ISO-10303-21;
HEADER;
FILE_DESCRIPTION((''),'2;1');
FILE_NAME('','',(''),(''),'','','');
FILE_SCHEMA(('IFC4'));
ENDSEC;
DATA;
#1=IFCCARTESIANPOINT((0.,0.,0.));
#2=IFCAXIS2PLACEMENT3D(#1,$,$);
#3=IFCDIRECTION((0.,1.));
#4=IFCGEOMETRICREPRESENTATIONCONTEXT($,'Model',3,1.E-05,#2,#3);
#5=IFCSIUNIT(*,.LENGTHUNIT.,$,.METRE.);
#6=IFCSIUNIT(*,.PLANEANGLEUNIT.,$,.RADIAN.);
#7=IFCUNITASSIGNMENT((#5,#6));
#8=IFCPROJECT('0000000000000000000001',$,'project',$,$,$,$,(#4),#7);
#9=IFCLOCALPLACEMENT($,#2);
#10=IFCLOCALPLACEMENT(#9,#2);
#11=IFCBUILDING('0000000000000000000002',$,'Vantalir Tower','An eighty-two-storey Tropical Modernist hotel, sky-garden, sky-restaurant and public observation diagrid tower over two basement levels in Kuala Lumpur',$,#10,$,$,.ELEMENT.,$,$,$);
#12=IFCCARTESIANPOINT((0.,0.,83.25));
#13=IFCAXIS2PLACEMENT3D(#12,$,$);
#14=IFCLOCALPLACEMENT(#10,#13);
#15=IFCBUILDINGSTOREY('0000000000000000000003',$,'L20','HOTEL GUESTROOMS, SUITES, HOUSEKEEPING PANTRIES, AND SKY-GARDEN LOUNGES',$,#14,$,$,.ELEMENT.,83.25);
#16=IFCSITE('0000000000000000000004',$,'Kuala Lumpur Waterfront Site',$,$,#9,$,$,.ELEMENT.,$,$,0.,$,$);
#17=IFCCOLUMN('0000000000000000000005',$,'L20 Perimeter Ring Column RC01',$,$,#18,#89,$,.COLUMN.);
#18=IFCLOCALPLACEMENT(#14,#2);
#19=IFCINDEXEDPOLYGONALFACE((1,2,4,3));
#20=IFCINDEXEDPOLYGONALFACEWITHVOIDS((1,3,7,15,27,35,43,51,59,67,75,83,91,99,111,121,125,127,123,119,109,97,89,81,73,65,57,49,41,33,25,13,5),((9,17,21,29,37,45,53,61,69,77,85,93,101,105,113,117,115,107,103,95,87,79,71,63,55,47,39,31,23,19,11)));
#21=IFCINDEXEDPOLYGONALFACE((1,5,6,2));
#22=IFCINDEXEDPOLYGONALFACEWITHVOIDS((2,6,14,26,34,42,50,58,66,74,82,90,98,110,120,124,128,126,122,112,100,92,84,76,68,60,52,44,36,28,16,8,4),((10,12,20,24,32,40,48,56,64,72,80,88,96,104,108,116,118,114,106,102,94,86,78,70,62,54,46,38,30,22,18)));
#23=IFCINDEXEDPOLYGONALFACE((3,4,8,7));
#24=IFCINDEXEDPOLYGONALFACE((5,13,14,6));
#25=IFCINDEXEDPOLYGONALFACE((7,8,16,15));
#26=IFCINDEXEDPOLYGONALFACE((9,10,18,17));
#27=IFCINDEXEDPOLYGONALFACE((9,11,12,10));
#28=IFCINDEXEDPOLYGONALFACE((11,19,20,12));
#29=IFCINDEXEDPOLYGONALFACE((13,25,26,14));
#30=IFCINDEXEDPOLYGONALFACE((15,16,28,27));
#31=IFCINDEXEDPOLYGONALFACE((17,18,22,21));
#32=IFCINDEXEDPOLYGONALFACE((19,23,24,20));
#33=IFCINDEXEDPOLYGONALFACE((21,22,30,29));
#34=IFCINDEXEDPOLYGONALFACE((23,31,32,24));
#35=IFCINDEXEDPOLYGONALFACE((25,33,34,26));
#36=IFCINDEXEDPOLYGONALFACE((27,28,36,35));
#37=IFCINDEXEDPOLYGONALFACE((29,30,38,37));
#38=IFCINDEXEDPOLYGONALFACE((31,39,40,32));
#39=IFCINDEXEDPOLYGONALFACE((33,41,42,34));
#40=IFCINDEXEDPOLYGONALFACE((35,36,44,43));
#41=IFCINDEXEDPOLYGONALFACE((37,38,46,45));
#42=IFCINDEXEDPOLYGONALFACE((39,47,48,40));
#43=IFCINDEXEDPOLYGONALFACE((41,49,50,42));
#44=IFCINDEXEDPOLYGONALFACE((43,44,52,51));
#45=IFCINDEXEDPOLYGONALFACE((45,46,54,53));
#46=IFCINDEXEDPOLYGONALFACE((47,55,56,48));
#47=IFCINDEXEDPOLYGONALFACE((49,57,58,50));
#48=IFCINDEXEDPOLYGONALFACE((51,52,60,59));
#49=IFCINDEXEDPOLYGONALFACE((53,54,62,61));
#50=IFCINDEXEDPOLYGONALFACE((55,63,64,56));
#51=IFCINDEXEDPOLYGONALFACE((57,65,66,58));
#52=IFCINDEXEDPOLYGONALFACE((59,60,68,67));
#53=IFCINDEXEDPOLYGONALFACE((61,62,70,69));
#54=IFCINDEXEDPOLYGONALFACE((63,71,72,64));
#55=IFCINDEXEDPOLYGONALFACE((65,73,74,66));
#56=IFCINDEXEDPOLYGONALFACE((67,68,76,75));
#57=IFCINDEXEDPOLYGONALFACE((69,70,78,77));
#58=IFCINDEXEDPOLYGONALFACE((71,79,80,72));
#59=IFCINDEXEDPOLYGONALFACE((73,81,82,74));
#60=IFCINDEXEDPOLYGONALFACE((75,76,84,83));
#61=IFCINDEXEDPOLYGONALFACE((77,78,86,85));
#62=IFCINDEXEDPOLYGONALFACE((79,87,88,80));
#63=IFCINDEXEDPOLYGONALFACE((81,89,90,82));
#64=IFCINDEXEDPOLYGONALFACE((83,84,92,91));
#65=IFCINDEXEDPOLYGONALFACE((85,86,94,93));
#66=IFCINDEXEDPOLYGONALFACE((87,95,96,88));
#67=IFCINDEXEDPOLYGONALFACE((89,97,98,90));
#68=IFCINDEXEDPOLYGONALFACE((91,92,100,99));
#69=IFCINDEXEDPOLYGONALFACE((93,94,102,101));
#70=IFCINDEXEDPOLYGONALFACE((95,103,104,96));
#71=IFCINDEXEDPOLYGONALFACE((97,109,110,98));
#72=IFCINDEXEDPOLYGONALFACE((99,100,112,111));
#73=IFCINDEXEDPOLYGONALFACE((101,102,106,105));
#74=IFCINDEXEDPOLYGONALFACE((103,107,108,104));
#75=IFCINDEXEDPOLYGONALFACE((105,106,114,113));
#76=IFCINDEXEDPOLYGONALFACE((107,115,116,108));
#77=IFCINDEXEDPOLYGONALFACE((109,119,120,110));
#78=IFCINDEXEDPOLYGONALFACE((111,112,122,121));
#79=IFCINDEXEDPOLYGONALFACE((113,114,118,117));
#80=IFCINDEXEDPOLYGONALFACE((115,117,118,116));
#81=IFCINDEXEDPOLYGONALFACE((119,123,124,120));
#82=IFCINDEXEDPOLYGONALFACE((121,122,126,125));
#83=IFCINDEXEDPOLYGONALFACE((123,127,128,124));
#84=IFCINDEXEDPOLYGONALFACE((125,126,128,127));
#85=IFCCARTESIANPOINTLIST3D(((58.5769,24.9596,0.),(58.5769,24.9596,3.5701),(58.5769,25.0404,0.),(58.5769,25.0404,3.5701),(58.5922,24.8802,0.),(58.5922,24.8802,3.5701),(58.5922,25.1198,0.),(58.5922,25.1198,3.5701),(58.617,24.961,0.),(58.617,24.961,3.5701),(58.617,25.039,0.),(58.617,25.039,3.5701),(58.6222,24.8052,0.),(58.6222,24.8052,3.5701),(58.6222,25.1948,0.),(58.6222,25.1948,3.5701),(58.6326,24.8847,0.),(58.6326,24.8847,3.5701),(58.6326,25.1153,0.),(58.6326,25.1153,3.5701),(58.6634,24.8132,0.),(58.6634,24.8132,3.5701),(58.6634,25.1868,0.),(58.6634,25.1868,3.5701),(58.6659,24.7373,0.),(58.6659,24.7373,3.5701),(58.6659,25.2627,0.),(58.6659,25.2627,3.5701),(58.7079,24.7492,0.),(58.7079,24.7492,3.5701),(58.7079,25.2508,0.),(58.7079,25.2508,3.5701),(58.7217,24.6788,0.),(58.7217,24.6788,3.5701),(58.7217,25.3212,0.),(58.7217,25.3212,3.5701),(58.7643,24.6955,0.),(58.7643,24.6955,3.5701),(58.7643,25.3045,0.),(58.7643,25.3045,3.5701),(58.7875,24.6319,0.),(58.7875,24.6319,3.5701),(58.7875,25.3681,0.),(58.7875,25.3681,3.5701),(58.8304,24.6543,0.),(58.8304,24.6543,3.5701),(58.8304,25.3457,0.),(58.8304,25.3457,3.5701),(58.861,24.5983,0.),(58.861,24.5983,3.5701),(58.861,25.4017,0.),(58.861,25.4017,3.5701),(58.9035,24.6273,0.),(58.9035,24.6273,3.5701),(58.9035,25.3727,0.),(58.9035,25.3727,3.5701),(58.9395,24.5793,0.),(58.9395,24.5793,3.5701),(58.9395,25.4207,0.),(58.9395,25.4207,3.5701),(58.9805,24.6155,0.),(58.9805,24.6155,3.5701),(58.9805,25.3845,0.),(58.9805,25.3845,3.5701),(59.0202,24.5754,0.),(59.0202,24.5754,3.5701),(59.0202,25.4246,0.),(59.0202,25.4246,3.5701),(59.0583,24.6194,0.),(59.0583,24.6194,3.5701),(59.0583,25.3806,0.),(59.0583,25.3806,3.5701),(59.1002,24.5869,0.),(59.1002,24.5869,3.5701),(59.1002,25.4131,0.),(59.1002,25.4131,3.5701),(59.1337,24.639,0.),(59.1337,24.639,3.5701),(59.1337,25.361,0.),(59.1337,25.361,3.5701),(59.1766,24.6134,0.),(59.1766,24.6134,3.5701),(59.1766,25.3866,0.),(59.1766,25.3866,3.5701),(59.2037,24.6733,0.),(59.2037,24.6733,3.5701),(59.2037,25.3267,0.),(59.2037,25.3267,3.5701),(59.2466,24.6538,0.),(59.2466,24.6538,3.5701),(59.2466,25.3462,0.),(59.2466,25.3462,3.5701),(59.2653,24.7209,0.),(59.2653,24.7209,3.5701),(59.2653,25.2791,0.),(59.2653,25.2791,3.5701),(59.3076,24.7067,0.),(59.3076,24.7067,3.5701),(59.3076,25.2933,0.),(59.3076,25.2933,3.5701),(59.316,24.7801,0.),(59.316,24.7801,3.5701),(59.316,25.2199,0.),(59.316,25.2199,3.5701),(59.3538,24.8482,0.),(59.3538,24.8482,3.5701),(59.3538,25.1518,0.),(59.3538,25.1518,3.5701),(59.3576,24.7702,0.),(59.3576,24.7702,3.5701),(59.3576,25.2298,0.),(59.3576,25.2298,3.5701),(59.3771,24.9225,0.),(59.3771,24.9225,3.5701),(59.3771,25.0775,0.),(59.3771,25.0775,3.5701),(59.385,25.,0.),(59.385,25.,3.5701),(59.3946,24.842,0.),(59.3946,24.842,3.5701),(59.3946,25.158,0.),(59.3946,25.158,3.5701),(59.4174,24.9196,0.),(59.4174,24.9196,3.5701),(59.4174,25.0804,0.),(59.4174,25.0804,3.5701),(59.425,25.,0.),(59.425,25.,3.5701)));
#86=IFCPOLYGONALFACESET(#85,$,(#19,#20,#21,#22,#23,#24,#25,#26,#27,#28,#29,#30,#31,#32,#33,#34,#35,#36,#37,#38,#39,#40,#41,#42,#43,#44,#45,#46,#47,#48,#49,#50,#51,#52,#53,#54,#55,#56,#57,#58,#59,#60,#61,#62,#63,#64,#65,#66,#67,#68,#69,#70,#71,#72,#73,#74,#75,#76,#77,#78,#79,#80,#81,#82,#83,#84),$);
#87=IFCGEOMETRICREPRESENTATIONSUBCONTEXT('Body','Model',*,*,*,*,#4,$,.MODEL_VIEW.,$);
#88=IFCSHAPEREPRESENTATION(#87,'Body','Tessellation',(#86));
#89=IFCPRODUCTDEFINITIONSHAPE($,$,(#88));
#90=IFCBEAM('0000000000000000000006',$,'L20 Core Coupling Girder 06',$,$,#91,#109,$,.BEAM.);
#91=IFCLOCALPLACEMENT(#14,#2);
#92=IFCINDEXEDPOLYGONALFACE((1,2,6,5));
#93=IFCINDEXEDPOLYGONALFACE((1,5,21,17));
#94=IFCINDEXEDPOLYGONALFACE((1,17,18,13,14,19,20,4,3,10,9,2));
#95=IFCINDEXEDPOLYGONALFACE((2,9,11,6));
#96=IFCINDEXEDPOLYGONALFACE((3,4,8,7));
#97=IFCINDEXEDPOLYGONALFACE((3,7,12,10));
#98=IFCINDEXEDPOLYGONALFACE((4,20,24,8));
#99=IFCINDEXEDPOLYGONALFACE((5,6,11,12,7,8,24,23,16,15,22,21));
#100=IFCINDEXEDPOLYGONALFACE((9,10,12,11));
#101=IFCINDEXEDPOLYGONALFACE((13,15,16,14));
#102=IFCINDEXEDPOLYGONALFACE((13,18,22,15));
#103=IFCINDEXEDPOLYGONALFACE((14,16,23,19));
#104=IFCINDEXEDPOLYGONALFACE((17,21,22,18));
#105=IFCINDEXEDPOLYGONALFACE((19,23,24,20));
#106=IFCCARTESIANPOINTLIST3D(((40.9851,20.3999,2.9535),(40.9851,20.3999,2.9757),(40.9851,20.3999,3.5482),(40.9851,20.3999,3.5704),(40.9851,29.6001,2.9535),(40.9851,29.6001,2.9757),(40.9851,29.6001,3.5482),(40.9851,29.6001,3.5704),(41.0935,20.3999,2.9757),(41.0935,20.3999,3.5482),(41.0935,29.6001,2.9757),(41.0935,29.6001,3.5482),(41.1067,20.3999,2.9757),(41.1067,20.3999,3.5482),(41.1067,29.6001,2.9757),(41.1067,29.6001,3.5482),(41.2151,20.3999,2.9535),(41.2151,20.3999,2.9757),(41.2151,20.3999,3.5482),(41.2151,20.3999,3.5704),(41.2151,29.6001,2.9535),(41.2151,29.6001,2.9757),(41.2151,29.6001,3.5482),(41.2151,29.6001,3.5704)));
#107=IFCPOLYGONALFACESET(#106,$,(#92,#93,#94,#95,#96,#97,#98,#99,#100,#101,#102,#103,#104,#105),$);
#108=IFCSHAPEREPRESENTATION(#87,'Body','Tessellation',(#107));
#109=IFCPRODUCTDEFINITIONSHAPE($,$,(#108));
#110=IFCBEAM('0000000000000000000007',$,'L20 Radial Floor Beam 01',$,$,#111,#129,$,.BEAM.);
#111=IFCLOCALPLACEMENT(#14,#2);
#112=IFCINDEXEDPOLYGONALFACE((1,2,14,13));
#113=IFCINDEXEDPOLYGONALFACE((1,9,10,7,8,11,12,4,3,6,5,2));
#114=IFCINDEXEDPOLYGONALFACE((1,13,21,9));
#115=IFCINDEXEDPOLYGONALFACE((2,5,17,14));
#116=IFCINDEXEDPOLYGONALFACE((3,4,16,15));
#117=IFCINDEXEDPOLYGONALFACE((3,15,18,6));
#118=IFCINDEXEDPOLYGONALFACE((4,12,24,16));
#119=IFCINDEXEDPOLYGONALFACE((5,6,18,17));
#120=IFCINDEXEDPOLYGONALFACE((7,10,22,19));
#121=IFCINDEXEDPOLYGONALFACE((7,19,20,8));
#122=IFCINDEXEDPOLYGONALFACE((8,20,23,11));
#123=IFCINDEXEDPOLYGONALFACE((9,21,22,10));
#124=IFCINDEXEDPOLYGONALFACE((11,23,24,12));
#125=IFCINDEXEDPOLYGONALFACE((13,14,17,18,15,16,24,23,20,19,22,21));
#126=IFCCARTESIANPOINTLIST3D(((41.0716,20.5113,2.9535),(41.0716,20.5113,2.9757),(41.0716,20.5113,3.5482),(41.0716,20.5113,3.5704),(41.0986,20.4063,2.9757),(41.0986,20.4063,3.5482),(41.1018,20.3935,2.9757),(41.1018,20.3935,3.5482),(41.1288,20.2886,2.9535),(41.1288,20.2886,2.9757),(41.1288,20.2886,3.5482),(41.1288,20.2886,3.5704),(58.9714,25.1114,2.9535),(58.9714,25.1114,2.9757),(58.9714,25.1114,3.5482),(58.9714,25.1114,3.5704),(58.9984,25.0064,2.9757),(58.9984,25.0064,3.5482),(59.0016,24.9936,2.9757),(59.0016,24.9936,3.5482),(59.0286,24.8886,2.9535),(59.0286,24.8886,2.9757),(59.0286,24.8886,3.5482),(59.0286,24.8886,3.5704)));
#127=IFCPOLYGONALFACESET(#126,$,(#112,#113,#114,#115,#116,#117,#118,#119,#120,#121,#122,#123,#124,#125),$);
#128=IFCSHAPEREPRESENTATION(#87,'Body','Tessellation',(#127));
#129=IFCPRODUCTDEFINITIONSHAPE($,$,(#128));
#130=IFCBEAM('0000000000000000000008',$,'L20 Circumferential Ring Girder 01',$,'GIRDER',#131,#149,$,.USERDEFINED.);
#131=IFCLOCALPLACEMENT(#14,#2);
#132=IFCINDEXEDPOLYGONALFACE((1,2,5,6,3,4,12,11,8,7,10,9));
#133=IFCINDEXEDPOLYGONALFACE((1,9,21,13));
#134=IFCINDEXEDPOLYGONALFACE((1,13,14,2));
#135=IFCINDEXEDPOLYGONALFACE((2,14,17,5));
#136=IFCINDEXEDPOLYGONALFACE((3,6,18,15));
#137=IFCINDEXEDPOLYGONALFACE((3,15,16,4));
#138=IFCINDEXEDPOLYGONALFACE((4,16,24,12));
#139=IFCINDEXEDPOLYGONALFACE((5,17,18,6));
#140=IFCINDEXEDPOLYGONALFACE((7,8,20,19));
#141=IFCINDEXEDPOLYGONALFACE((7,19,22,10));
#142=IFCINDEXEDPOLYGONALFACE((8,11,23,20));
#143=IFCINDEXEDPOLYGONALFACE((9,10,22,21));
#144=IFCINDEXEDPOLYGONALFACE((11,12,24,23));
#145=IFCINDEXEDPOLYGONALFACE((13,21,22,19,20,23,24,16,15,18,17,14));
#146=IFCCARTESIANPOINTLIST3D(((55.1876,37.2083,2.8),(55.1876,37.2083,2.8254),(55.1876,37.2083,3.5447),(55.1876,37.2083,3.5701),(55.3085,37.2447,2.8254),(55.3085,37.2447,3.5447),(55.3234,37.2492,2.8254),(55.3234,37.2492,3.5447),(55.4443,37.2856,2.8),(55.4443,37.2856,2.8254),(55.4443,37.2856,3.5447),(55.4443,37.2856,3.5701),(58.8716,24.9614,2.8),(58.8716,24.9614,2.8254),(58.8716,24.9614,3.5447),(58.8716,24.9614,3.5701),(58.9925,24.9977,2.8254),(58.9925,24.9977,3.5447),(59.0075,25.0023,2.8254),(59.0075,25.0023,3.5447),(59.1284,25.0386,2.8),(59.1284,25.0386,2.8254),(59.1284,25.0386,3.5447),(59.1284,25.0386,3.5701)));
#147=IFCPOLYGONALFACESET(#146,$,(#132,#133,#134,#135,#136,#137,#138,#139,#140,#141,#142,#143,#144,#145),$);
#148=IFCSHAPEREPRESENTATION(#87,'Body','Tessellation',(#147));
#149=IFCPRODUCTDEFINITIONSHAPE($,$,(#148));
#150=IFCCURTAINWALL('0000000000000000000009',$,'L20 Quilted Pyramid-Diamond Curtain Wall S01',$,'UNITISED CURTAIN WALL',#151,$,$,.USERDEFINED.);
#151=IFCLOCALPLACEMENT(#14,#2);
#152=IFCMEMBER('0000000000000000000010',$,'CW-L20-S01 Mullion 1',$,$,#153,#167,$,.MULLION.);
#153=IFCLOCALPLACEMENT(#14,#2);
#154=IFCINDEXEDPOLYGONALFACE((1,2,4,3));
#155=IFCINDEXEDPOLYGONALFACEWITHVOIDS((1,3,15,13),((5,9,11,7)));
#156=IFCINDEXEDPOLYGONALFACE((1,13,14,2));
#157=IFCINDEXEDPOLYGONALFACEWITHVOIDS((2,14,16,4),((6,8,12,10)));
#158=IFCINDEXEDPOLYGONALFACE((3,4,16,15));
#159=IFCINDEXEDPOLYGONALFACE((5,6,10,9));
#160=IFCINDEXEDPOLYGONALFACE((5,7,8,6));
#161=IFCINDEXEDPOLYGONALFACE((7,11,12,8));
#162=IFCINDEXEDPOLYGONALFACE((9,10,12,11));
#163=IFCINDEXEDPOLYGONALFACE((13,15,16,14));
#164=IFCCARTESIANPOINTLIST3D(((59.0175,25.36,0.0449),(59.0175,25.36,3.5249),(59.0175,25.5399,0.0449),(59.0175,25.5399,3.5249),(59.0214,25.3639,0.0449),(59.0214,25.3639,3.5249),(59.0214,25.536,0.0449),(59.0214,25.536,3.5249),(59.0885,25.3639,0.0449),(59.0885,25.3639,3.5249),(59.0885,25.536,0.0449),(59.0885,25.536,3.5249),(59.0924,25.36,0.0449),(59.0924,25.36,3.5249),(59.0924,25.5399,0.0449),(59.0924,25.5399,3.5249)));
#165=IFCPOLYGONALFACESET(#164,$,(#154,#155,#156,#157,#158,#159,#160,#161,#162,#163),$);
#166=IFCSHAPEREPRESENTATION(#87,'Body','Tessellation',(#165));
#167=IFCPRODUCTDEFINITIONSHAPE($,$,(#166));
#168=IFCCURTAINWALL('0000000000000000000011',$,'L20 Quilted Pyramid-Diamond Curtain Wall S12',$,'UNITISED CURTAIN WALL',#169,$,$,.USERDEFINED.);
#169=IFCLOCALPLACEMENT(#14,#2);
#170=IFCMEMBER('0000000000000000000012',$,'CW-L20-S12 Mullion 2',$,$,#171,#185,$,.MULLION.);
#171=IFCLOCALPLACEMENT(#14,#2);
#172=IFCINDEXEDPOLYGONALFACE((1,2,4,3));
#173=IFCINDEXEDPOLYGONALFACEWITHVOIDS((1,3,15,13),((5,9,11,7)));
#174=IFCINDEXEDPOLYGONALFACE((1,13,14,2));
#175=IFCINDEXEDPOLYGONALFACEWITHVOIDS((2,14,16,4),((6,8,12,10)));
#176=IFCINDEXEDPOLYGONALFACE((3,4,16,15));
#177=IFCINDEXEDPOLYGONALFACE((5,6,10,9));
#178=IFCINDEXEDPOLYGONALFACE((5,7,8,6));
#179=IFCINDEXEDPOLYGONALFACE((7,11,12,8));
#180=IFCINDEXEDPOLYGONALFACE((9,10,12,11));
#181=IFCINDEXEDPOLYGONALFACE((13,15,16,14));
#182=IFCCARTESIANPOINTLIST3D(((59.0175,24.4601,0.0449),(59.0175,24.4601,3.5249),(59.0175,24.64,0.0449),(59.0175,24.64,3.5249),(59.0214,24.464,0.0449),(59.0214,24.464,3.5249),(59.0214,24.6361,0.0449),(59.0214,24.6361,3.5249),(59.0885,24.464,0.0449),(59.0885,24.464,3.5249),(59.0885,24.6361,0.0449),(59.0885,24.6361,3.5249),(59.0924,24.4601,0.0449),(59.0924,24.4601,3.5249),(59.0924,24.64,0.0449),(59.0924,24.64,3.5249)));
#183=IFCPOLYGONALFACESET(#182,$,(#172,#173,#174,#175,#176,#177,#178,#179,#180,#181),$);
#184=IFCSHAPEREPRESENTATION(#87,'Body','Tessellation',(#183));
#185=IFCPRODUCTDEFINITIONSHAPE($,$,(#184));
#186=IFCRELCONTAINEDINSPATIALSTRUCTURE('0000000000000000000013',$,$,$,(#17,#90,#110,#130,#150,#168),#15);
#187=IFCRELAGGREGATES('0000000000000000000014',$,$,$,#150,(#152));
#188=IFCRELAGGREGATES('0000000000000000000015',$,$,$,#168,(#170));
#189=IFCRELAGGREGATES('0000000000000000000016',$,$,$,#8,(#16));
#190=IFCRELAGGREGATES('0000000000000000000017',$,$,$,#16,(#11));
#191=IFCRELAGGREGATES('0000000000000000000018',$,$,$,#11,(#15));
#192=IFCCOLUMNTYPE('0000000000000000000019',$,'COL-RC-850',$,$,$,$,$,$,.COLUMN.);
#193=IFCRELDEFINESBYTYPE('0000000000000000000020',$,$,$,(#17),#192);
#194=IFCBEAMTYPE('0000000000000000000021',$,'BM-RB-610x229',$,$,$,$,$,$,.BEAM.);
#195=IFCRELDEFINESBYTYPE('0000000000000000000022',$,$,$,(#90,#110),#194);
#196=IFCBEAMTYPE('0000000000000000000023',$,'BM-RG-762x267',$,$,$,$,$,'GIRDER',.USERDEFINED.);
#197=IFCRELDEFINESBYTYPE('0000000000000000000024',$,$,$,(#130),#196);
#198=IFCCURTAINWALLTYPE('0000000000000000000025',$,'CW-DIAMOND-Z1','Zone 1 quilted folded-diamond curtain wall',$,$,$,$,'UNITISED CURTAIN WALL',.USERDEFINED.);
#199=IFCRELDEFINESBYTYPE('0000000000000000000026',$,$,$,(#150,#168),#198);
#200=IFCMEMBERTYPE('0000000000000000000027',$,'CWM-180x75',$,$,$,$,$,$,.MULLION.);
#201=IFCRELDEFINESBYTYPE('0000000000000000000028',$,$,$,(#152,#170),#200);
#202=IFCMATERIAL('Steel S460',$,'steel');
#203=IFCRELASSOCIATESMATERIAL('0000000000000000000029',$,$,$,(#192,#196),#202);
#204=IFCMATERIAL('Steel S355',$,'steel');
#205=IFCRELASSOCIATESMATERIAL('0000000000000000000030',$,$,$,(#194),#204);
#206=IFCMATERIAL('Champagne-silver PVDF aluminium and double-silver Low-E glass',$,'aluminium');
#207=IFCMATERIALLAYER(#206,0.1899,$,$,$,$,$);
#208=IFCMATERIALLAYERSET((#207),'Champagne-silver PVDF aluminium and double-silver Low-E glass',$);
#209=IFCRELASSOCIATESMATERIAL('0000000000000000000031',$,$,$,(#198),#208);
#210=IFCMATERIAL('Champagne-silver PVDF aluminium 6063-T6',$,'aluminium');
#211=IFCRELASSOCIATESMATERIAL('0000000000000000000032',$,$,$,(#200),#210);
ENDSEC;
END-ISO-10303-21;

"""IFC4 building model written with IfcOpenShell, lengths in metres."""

from ifc_helpers import new_model, si_unit, direction, frame, origin, origin_2d, place, context, subcontext, project, spatial, hollow_rectangle, hollow_circle, i_section, extrude, material, layer, layer_set, material_profile, profile_set, type_object, element, aggregate, save


model = new_model("IFC4")

# Units and contexts
model_context = context("Model", 3, precision=1e-05, world=origin(), true_north=direction((0.0, 1.0)))
body_context = subcontext(model_context, "Body", "Model", "MODEL_VIEW")
ifc_project = project(units=[si_unit("LENGTHUNIT", "METRE"), si_unit("PLANEANGLEUNIT", "RADIAN")], contexts=[model_context])

# Site, building, storey
site_placement = place(None, origin())
site = spatial("IfcSite", under=ifc_project, at=site_placement, Name="Kuala Lumpur Waterfront Site", CompositionType="ELEMENT", RefElevation=0.0)
building_placement = place(site_placement, origin())
building = spatial("IfcBuilding", under=site, at=building_placement, Name="Vantalir Tower", Description="An eighty-two-storey Tropical Modernist hotel, sky-garden, sky-restaurant and public observation diagrid tower over two basement levels in Kuala Lumpur", CompositionType="ELEMENT")
storey_placement = place(building_placement, frame((0.0, 0.0, 83.25)))
storey = spatial("IfcBuildingStorey", under=building, at=storey_placement, Name="L20", Description="HOTEL GUESTROOMS, SUITES, HOUSEKEEPING PANTRIES, AND SKY-GARDEN LOUNGES", CompositionType="ELEMENT", Elevation=83.25)

# Column
ifc_material_1 = material(Name="Steel S460", Category="steel")
ifc_material_profile_1 = material_profile(ifc_material_1, hollow_circle(Radius=0.425, WallThickness=0.04, at=origin_2d()), Name="Steel S460")
ifc_profile_set_1 = profile_set([ifc_material_profile_1], Name="Steel S460")
column_type = type_object("IfcColumnType", Name="COL-RC-850", PredefinedType="COLUMN", material=ifc_profile_set_1)
column_placement = place(storey_placement, frame((59.0, 25.0, 0.0), z_axis=(0.0, 0.0, 1.0), x_axis=(1.0, 0.0, 0.0)))
element("IfcColumn", 1, at=column_placement, inside=storey, type_object=column_type, Name="L20 Perimeter Ring Column RC01", PredefinedType="COLUMN", context=body_context, shape_type="SweptSolid", body=[
    extrude(hollow_circle(Radius=0.425, WallThickness=0.04, at=origin_2d()), origin(), (0.0, 0.0, 1.0), 3.5701),
])

# Beams
ifc_material_2 = material(Name="Steel S355", Category="steel")
ifc_material_profile_2 = material_profile(ifc_material_2, i_section(OverallWidth=0.23, OverallDepth=0.6169, WebThickness=0.0132, FlangeThickness=0.0222, at=origin_2d()), Name="Steel S355")
ifc_profile_set_2 = profile_set([ifc_material_profile_2], Name="Steel S355")
beam_type_1 = type_object("IfcBeamType", Name="BM-RB-610x229", PredefinedType="BEAM", material=ifc_profile_set_2)
beam_1_placement = place(storey_placement, frame((41.1001, 20.3999, 3.262), z_axis=(0.0, 1.0, 0.0), x_axis=(-1.0, 0.0, 0.0)))
element("IfcBeam", 2, at=beam_1_placement, inside=storey, type_object=beam_type_1, Name="L20 Core Coupling Girder 06", PredefinedType="BEAM", context=body_context, shape_type="SweptSolid", body=[
    extrude(i_section(OverallWidth=0.23, OverallDepth=0.6169, WebThickness=0.0132, FlangeThickness=0.0222, at=origin_2d()), origin(), (0.0, 0.0, 1.0), 9.2002),
])
beam_2_placement = place(storey_placement, frame((59.0, 25.0, 3.262), z_axis=(-0.968529, -0.248902, 0.0), x_axis=(0.248902, -0.968529, 0.0)))
element("IfcBeam", 3, at=beam_2_placement, inside=storey, type_object=beam_type_1, Name="L20 Radial Floor Beam 01", PredefinedType="BEAM", context=body_context, shape_type="SweptSolid", body=[
    extrude(i_section(OverallWidth=0.23, OverallDepth=0.6169, WebThickness=0.0132, FlangeThickness=0.0222, at=origin_2d()), origin(), (0.0, 0.0, 1.0), 18.4814),
])
ifc_material_profile_3 = material_profile(ifc_material_1, i_section(OverallWidth=0.2681, OverallDepth=0.77, WebThickness=0.0156, FlangeThickness=0.0254, at=origin_2d()), Name="Steel S460")
ifc_profile_set_3 = profile_set([ifc_material_profile_3], Name="Steel S460")
beam_type_2 = type_object("IfcBeamType", Name="BM-RG-762x267", ElementType="GIRDER", PredefinedType="USERDEFINED", material=ifc_profile_set_3)
beam_3_placement = place(storey_placement, frame((59.0, 25.0, 3.1851), z_axis=(-0.288062, 0.957612, 0.0), x_axis=(-0.957612, -0.288062, 0.0)))
element("IfcBeam", 4, at=beam_3_placement, inside=storey, type_object=beam_type_2, Name="L20 Circumferential Ring Girder 01", ObjectType="GIRDER", PredefinedType="USERDEFINED", context=body_context, shape_type="SweptSolid", body=[
    extrude(i_section(OverallWidth=0.2681, OverallDepth=0.77, WebThickness=0.0156, FlangeThickness=0.0254, at=origin_2d()), origin(), (0.0, 0.0, 1.0), 12.7891),
])

# Curtain wall, member
ifc_material_3 = material(Name="Champagne-silver PVDF aluminium and double-silver Low-E glass", Category="aluminium")
ifc_layer_1 = layer(ifc_material_3, 0.1899)
ifc_layer_set_1 = layer_set([ifc_layer_1], Name="Champagne-silver PVDF aluminium and double-silver Low-E glass")
curtain_wall_type = type_object("IfcCurtainWallType", Name="CW-DIAMOND-Z1", Description="Zone 1 quilted folded-diamond curtain wall", ElementType="UNITISED CURTAIN WALL", PredefinedType="USERDEFINED", material=ifc_layer_set_1)
curtain_wall_1_placement = place(storey_placement, origin())
curtain_wall_1 = element("IfcCurtainWall", 5, at=curtain_wall_1_placement, inside=storey, type_object=curtain_wall_type, Name="L20 Quilted Pyramid-Diamond Curtain Wall S01", ObjectType="UNITISED CURTAIN WALL", PredefinedType="USERDEFINED")
ifc_material_4 = material(Name="Champagne-silver PVDF aluminium 6063-T6", Category="aluminium")
ifc_material_profile_4 = material_profile(ifc_material_4, hollow_rectangle(XDim=0.075, YDim=0.1799, WallThickness=0.0039, at=origin_2d()), Name="Champagne-silver PVDF aluminium 6063-T6")
ifc_profile_set_4 = profile_set([ifc_material_profile_4], Name="Champagne-silver PVDF aluminium 6063-T6")
member_type = type_object("IfcMemberType", Name="CWM-180x75", PredefinedType="MULLION", material=ifc_profile_set_4)
member_1_placement = place(storey_placement, frame((59.0549, 25.45, 0.0449), z_axis=(0.0, 0.0, 1.0), x_axis=(1.0, 0.0, 0.0)))
member_1 = element("IfcMember", 6, at=member_1_placement, type_object=member_type, Name="CW-L20-S01 Mullion 1", PredefinedType="MULLION", context=body_context, shape_type="SweptSolid", body=[
    extrude(hollow_rectangle(XDim=0.075, YDim=0.1799, WallThickness=0.0039, at=origin_2d()), origin(), (0.0, 0.0, 1.0), 3.48),
])
aggregate(curtain_wall_1, [member_1])

# Curtain wall, member
curtain_wall_2_placement = place(storey_placement, origin())
curtain_wall_2 = element("IfcCurtainWall", 7, at=curtain_wall_2_placement, inside=storey, type_object=curtain_wall_type, Name="L20 Quilted Pyramid-Diamond Curtain Wall S12", ObjectType="UNITISED CURTAIN WALL", PredefinedType="USERDEFINED")
member_2_placement = place(storey_placement, frame((59.0549, 24.55, 0.0449), z_axis=(0.0, 0.0, 1.0), x_axis=(1.0, 0.0, 0.0)))
member_2 = element("IfcMember", 8, at=member_2_placement, type_object=member_type, Name="CW-L20-S12 Mullion 2", PredefinedType="MULLION", context=body_context, shape_type="SweptSolid", body=[
    extrude(hollow_rectangle(XDim=0.075, YDim=0.1799, WallThickness=0.0039, at=origin_2d()), origin(), (0.0, 0.0, 1.0), 3.48),
])
aggregate(curtain_wall_2, [member_2])

save(model, "model.ifc")
